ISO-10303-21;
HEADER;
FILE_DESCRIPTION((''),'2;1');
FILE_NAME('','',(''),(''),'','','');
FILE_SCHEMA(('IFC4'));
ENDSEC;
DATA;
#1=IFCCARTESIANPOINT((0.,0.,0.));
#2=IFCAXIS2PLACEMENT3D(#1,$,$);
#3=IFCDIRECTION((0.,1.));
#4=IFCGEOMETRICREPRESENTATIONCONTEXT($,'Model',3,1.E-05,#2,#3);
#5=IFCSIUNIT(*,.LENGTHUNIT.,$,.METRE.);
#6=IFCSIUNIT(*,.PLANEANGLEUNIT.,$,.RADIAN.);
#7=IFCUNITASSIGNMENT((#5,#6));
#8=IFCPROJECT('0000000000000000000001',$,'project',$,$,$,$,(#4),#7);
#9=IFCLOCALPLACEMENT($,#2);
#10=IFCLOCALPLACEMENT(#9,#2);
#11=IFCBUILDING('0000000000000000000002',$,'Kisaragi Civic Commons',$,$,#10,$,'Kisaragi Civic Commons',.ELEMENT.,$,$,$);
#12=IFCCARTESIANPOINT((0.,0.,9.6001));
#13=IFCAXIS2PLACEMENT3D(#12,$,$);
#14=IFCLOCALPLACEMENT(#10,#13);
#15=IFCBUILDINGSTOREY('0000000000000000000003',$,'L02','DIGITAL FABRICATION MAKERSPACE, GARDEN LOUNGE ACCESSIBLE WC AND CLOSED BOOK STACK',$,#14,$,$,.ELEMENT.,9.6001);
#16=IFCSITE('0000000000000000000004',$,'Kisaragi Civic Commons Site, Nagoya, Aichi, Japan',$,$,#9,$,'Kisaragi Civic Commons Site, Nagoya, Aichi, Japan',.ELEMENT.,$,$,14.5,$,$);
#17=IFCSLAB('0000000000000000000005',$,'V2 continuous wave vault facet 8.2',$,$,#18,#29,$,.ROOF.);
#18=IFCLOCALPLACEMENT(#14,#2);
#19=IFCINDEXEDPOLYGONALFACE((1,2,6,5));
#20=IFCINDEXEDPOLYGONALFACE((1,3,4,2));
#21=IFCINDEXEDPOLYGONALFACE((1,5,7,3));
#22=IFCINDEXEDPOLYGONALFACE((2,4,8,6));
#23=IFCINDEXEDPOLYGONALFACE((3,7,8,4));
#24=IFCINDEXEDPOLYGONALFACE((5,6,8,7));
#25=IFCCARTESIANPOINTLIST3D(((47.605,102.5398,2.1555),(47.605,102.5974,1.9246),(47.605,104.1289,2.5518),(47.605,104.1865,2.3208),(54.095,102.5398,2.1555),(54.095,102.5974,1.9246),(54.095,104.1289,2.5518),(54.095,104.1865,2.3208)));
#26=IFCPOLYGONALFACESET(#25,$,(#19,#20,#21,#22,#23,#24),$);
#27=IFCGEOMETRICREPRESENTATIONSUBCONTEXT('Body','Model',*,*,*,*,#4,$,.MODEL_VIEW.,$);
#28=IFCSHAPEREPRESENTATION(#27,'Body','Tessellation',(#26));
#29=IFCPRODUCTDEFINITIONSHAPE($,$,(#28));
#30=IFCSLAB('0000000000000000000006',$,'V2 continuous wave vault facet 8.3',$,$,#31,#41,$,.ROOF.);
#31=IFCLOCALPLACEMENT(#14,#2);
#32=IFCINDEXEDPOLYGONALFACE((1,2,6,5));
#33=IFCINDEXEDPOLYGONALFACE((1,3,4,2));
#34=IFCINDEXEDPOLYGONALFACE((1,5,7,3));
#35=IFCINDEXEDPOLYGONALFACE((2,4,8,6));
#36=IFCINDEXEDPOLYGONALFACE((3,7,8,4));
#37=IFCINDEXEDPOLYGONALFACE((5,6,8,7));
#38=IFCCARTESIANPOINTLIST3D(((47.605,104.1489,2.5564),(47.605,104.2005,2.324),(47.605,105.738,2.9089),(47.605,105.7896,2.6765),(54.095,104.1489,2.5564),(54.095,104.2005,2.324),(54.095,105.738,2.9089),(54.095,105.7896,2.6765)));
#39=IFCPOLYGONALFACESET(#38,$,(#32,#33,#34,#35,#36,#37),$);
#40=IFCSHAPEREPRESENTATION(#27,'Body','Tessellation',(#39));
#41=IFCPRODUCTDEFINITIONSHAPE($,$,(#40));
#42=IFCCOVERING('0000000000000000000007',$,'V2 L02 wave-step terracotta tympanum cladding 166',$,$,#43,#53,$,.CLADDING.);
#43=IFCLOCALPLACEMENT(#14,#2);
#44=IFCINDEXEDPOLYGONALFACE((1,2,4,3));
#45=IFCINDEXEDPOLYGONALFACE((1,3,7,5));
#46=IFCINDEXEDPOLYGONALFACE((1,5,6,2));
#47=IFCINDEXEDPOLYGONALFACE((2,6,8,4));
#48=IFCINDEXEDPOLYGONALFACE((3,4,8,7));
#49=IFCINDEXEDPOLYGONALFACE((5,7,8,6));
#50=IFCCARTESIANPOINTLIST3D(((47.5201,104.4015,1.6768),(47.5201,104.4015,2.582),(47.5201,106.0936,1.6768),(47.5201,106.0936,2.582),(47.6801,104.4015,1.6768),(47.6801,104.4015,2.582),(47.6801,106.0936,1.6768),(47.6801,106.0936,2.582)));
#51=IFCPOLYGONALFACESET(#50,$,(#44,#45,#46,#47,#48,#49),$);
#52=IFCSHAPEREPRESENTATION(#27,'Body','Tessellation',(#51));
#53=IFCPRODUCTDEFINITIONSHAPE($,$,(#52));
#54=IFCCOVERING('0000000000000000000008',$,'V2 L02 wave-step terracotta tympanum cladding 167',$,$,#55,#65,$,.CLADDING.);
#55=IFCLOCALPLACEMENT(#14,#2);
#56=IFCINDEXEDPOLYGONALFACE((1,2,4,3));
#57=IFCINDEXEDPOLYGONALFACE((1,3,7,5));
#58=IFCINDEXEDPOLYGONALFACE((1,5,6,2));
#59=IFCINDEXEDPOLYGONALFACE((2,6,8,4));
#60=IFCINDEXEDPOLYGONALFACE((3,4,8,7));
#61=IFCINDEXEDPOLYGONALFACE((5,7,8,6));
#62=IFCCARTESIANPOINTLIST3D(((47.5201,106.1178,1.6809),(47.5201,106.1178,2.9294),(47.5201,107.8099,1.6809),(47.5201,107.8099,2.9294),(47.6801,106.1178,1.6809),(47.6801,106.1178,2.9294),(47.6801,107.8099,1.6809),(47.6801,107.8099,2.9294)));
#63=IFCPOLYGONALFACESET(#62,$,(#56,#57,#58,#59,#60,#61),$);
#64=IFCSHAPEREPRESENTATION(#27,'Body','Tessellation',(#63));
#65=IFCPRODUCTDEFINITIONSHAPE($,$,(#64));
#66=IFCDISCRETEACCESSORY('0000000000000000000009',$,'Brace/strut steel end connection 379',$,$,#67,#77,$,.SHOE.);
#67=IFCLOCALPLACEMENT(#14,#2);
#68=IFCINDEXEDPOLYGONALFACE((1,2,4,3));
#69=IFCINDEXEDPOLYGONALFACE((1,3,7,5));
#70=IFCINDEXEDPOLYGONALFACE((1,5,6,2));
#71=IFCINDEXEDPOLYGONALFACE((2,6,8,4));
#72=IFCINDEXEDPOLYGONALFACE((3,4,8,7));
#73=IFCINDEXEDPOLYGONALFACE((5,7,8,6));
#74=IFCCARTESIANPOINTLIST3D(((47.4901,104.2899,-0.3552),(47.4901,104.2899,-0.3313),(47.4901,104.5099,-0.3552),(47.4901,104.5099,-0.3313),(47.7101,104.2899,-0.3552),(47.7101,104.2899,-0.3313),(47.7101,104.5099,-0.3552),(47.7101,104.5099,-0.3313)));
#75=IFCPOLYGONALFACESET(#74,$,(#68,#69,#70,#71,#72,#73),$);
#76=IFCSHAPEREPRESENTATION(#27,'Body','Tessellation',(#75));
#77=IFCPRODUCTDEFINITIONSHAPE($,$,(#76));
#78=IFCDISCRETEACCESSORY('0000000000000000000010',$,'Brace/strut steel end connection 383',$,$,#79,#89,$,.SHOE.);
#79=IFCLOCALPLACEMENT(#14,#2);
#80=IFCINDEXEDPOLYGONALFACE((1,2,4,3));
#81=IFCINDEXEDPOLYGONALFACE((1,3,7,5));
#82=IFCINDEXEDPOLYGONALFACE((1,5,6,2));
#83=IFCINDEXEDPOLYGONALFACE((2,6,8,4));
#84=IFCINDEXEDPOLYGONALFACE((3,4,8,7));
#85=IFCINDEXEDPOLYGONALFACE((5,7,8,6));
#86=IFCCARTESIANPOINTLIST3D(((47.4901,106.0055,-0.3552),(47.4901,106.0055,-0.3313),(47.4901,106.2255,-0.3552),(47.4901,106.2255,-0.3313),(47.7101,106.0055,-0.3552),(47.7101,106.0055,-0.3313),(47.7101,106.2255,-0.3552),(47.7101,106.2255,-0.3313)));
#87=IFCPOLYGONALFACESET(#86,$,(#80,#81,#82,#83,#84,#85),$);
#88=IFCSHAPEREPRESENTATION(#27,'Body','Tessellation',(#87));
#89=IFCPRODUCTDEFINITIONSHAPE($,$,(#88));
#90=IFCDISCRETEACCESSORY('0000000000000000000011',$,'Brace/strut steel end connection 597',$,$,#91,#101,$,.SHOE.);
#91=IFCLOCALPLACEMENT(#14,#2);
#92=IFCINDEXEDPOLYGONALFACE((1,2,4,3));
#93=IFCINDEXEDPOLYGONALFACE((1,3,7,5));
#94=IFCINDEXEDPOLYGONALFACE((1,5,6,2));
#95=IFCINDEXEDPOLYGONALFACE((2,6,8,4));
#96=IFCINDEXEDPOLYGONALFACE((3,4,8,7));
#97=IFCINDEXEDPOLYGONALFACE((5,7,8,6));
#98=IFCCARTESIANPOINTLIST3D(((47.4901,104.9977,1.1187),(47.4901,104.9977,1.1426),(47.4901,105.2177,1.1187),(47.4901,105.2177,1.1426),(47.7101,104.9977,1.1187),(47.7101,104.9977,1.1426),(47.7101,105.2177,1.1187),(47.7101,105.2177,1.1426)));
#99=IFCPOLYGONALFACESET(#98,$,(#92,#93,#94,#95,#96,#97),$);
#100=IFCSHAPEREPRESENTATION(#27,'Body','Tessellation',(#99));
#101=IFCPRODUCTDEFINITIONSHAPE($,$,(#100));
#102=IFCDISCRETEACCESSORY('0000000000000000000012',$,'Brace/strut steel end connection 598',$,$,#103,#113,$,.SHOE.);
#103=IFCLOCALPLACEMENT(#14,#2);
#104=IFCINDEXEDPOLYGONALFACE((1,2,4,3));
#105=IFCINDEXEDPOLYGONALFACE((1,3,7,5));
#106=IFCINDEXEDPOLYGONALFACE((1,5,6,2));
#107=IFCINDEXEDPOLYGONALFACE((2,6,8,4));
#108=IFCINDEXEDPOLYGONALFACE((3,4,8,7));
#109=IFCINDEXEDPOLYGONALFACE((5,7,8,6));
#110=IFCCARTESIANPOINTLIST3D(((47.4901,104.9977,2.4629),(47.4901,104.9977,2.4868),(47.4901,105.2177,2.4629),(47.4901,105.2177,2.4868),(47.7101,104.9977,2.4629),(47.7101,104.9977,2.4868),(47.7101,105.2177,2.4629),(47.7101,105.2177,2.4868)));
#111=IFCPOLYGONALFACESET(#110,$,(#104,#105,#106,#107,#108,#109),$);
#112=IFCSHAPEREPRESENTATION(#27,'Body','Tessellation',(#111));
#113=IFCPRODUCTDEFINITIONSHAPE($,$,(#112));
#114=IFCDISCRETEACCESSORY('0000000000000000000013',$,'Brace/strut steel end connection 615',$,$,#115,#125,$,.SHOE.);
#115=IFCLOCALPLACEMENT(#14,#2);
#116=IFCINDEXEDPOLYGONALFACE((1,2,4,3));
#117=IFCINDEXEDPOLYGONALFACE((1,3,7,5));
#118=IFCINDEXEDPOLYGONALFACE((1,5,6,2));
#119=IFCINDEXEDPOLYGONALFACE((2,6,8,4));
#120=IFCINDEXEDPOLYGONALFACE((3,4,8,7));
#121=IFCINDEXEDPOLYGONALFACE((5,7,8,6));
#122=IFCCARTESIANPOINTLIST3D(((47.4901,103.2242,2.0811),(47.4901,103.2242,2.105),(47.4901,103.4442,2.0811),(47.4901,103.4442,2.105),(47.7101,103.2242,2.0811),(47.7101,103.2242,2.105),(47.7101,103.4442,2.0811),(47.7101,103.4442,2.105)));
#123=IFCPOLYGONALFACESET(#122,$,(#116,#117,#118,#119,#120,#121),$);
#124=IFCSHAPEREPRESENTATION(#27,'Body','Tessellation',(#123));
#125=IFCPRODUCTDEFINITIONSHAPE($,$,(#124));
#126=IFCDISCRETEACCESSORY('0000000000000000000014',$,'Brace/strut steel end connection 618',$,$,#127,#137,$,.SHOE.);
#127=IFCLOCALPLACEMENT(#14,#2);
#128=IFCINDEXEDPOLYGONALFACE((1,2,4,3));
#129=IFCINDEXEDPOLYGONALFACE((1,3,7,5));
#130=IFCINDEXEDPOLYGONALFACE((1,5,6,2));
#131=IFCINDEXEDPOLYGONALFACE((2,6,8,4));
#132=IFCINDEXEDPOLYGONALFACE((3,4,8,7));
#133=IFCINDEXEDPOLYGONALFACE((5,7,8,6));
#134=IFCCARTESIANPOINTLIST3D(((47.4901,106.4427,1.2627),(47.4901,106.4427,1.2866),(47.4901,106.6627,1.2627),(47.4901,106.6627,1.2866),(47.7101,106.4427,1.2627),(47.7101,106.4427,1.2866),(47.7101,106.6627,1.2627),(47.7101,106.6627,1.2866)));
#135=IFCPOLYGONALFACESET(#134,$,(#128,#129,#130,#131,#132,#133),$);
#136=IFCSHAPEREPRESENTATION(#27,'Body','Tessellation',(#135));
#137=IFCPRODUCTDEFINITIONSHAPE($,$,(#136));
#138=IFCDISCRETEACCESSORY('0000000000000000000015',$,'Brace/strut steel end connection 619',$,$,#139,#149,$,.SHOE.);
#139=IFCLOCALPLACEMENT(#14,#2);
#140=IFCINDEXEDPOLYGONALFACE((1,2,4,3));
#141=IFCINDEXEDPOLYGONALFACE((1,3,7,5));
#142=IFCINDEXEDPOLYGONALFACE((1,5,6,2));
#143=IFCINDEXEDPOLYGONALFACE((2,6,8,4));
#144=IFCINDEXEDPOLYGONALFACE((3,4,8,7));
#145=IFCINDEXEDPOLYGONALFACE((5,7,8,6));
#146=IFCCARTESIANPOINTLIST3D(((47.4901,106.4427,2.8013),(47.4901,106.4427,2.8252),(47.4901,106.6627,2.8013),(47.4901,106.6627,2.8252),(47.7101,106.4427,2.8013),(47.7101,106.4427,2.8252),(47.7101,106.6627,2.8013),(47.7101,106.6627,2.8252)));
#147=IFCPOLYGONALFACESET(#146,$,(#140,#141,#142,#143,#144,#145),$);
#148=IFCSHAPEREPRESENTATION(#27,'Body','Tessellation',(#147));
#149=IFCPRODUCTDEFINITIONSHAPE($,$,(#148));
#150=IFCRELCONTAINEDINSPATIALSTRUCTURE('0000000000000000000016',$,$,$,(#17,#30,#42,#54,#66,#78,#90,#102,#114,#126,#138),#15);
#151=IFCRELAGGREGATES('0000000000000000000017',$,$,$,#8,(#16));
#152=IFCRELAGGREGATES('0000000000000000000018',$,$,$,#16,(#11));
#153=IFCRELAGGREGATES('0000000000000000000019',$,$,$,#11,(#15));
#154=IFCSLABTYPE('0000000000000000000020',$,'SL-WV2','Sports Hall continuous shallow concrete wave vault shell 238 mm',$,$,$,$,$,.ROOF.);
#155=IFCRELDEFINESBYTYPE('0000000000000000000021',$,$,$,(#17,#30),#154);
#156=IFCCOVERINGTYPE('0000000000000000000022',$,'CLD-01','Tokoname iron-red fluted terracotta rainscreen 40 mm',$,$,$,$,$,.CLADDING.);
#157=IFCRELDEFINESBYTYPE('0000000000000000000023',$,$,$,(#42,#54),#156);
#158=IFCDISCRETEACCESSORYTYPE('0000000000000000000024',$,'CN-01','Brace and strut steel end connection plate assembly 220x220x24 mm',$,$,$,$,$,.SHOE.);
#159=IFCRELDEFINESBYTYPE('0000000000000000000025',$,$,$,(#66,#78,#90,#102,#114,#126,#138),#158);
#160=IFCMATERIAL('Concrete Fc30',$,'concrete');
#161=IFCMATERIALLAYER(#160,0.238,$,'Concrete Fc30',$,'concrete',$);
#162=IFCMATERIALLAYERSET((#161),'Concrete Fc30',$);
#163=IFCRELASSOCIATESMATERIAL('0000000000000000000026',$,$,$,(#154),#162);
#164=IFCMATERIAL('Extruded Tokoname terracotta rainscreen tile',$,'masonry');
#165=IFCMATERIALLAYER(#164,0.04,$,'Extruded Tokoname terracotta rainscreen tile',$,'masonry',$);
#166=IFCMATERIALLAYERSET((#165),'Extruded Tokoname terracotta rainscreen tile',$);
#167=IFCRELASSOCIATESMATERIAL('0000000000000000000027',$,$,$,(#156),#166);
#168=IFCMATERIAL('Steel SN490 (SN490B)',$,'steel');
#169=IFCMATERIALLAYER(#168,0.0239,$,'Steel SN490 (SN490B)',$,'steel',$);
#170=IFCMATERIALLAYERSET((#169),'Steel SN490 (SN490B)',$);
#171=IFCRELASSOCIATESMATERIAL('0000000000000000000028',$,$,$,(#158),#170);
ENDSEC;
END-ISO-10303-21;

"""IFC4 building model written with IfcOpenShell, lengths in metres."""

from ifc_helpers import new_model, si_unit, direction, frame, origin, origin_2d, place, context, subcontext, project, spatial, polyline, rectangle, outline, extrude, material, layer, layer_set, type_object, element, save


model = new_model("IFC4")

# Units and contexts
model_context = context("Model", 3, precision=1e-05, world=origin(), true_north=direction((0.0, 1.0)))
body_context = subcontext(model_context, "Body", "Model", "MODEL_VIEW")
ifc_project = project(units=[si_unit("LENGTHUNIT", "METRE"), si_unit("PLANEANGLEUNIT", "RADIAN")], contexts=[model_context])

# Site, building, storey
site_placement = place(None, origin())
site = spatial("IfcSite", under=ifc_project, at=site_placement, Name="Kisaragi Civic Commons Site, Nagoya, Aichi, Japan", LongName="Kisaragi Civic Commons Site, Nagoya, Aichi, Japan", CompositionType="ELEMENT", RefElevation=14.5)
building_placement = place(site_placement, origin())
building = spatial("IfcBuilding", under=site, at=building_placement, Name="Kisaragi Civic Commons", LongName="Kisaragi Civic Commons", CompositionType="ELEMENT")
storey_placement = place(building_placement, frame((0.0, 0.0, 9.6001)))
storey = spatial("IfcBuildingStorey", under=building, at=storey_placement, Name="L02", Description="DIGITAL FABRICATION MAKERSPACE, GARDEN LOUNGE ACCESSIBLE WC AND CLOSED BOOK STACK", CompositionType="ELEMENT", Elevation=9.6001)

# Shared definitions
ifc_material_1 = material(Name="Steel SN490 (SN490B)", Category="steel")

# Slabs
ifc_material_2 = material(Name="Concrete Fc30", Category="concrete")
ifc_layer_1 = layer(ifc_material_2, 0.238, Name="Concrete Fc30", Category="concrete")
ifc_layer_set_1 = layer_set([ifc_layer_1], Name="Concrete Fc30")
slab_type = type_object("IfcSlabType", Name="SL-WV2", Description="Sports Hall continuous shallow concrete wave vault shell 238 mm", PredefinedType="ROOF", material=ifc_layer_set_1)
slab_1_placement = place(storey_placement, frame((54.095, 104.1289, 2.5518), z_axis=(0.0, -0.241939, 0.970291), x_axis=(-1.0, 0.0, 0.0)))
element("IfcSlab", 1, at=slab_1_placement, inside=storey, type_object=slab_type, Name="V2 continuous wave vault facet 8.2", PredefinedType="ROOF", context=body_context, shape_type="SweptSolid", body=[
    extrude(outline(polyline([(0.0, 0.0), (6.49, 0.0), (6.49, 1.6378), (0.0, 1.6378), (0.0, 0.0)])), origin(), (0.0, 0.0, -1.0), 0.238),
])
slab_2_placement = place(storey_placement, frame((54.095, 105.738, 2.9089), z_axis=(0.0, -0.216581, 0.976265), x_axis=(-1.0, 0.0, 0.0)))
element("IfcSlab", 2, at=slab_2_placement, inside=storey, type_object=slab_type, Name="V2 continuous wave vault facet 8.3", PredefinedType="ROOF", context=body_context, shape_type="SweptSolid", body=[
    extrude(outline(polyline([(0.0, 0.0), (6.49, 0.0), (6.49, 1.6277), (0.0, 1.6277), (0.0, 0.0)])), origin(), (0.0, 0.0, -1.0), 0.238),
])

# Coverings
ifc_material_3 = material(Name="Extruded Tokoname terracotta rainscreen tile", Category="masonry")
ifc_layer_2 = layer(ifc_material_3, 0.04, Name="Extruded Tokoname terracotta rainscreen tile", Category="masonry")
ifc_layer_set_2 = layer_set([ifc_layer_2], Name="Extruded Tokoname terracotta rainscreen tile")
covering_type = type_object("IfcCoveringType", Name="CLD-01", Description="Tokoname iron-red fluted terracotta rainscreen 40 mm", PredefinedType="CLADDING", material=ifc_layer_set_2)
covering_1_placement = place(storey_placement, frame((47.6001, 105.2476, 1.6768), z_axis=(0.0, 0.0, 1.0), x_axis=(0.0, 1.0, 0.0)))
element("IfcCovering", 3, at=covering_1_placement, inside=storey, type_object=covering_type, Name="V2 L02 wave-step terracotta tympanum cladding 166", PredefinedType="CLADDING", context=body_context, shape_type="SweptSolid", body=[
    extrude(rectangle(XDim=1.6921, YDim=0.1599, at=origin_2d()), origin(), (0.0, 0.0, 1.0), 0.9053),
])
covering_2_placement = place(storey_placement, frame((47.6001, 106.9639, 1.6809), z_axis=(0.0, 0.0, 1.0), x_axis=(0.0, 1.0, 0.0)))
element("IfcCovering", 4, at=covering_2_placement, inside=storey, type_object=covering_type, Name="V2 L02 wave-step terracotta tympanum cladding 167", PredefinedType="CLADDING", context=body_context, shape_type="SweptSolid", body=[
    extrude(rectangle(XDim=1.6921, YDim=0.1599, at=origin_2d()), origin(), (0.0, 0.0, 1.0), 1.2485),
])

# Discrete accessories
ifc_layer_3 = layer(ifc_material_1, 0.0239, Name="Steel SN490 (SN490B)", Category="steel")
ifc_layer_set_3 = layer_set([ifc_layer_3], Name="Steel SN490 (SN490B)")
discrete_accessory_type = type_object("IfcDiscreteAccessoryType", Name="CN-01", Description="Brace and strut steel end connection plate assembly 220x220x24 mm", PredefinedType="SHOE", material=ifc_layer_set_3)
for number, where, z_axis, x_axis, name in (
    (5, (47.6001, 104.3999, -0.3552), (0.0, 0.0, 1.0), (1.0, 0.0, 0.0), "Brace/strut steel end connection 379"),
    (6, (47.6001, 106.1155, -0.3552), (0.0, 0.0, 1.0), (1.0, 0.0, 0.0), "Brace/strut steel end connection 383"),
    (7, (47.6001, 105.1077, 1.1187), (0.0, 0.0, 1.0), (1.0, 0.0, 0.0), "Brace/strut steel end connection 597"),
    (8, (47.6001, 105.1077, 2.4629), (0.0, 0.0, 1.0), (1.0, 0.0, 0.0), "Brace/strut steel end connection 598"),
    (9, (47.6001, 103.3342, 2.0811), (0.0, 0.0, 1.0), (1.0, 0.0, 0.0), "Brace/strut steel end connection 615"),
    (10, (47.6001, 106.5527, 1.2627), (0.0, 0.0, 1.0), (1.0, 0.0, 0.0), "Brace/strut steel end connection 618"),
    (11, (47.6001, 106.5527, 2.8013), (0.0, 0.0, 1.0), (1.0, 0.0, 0.0), "Brace/strut steel end connection 619"),
):
    element("IfcDiscreteAccessory", number, at=place(storey_placement, frame(where, z_axis=z_axis, x_axis=x_axis)), inside=storey, type_object=discrete_accessory_type, Name=name, PredefinedType="SHOE", context=body_context, shape_type="SweptSolid", body=[
        extrude(rectangle(XDim=0.22, YDim=0.22, at=origin_2d()), origin(), (0.0, 0.0, 1.0), 0.0239),
    ])

save(model, "model.ifc")
